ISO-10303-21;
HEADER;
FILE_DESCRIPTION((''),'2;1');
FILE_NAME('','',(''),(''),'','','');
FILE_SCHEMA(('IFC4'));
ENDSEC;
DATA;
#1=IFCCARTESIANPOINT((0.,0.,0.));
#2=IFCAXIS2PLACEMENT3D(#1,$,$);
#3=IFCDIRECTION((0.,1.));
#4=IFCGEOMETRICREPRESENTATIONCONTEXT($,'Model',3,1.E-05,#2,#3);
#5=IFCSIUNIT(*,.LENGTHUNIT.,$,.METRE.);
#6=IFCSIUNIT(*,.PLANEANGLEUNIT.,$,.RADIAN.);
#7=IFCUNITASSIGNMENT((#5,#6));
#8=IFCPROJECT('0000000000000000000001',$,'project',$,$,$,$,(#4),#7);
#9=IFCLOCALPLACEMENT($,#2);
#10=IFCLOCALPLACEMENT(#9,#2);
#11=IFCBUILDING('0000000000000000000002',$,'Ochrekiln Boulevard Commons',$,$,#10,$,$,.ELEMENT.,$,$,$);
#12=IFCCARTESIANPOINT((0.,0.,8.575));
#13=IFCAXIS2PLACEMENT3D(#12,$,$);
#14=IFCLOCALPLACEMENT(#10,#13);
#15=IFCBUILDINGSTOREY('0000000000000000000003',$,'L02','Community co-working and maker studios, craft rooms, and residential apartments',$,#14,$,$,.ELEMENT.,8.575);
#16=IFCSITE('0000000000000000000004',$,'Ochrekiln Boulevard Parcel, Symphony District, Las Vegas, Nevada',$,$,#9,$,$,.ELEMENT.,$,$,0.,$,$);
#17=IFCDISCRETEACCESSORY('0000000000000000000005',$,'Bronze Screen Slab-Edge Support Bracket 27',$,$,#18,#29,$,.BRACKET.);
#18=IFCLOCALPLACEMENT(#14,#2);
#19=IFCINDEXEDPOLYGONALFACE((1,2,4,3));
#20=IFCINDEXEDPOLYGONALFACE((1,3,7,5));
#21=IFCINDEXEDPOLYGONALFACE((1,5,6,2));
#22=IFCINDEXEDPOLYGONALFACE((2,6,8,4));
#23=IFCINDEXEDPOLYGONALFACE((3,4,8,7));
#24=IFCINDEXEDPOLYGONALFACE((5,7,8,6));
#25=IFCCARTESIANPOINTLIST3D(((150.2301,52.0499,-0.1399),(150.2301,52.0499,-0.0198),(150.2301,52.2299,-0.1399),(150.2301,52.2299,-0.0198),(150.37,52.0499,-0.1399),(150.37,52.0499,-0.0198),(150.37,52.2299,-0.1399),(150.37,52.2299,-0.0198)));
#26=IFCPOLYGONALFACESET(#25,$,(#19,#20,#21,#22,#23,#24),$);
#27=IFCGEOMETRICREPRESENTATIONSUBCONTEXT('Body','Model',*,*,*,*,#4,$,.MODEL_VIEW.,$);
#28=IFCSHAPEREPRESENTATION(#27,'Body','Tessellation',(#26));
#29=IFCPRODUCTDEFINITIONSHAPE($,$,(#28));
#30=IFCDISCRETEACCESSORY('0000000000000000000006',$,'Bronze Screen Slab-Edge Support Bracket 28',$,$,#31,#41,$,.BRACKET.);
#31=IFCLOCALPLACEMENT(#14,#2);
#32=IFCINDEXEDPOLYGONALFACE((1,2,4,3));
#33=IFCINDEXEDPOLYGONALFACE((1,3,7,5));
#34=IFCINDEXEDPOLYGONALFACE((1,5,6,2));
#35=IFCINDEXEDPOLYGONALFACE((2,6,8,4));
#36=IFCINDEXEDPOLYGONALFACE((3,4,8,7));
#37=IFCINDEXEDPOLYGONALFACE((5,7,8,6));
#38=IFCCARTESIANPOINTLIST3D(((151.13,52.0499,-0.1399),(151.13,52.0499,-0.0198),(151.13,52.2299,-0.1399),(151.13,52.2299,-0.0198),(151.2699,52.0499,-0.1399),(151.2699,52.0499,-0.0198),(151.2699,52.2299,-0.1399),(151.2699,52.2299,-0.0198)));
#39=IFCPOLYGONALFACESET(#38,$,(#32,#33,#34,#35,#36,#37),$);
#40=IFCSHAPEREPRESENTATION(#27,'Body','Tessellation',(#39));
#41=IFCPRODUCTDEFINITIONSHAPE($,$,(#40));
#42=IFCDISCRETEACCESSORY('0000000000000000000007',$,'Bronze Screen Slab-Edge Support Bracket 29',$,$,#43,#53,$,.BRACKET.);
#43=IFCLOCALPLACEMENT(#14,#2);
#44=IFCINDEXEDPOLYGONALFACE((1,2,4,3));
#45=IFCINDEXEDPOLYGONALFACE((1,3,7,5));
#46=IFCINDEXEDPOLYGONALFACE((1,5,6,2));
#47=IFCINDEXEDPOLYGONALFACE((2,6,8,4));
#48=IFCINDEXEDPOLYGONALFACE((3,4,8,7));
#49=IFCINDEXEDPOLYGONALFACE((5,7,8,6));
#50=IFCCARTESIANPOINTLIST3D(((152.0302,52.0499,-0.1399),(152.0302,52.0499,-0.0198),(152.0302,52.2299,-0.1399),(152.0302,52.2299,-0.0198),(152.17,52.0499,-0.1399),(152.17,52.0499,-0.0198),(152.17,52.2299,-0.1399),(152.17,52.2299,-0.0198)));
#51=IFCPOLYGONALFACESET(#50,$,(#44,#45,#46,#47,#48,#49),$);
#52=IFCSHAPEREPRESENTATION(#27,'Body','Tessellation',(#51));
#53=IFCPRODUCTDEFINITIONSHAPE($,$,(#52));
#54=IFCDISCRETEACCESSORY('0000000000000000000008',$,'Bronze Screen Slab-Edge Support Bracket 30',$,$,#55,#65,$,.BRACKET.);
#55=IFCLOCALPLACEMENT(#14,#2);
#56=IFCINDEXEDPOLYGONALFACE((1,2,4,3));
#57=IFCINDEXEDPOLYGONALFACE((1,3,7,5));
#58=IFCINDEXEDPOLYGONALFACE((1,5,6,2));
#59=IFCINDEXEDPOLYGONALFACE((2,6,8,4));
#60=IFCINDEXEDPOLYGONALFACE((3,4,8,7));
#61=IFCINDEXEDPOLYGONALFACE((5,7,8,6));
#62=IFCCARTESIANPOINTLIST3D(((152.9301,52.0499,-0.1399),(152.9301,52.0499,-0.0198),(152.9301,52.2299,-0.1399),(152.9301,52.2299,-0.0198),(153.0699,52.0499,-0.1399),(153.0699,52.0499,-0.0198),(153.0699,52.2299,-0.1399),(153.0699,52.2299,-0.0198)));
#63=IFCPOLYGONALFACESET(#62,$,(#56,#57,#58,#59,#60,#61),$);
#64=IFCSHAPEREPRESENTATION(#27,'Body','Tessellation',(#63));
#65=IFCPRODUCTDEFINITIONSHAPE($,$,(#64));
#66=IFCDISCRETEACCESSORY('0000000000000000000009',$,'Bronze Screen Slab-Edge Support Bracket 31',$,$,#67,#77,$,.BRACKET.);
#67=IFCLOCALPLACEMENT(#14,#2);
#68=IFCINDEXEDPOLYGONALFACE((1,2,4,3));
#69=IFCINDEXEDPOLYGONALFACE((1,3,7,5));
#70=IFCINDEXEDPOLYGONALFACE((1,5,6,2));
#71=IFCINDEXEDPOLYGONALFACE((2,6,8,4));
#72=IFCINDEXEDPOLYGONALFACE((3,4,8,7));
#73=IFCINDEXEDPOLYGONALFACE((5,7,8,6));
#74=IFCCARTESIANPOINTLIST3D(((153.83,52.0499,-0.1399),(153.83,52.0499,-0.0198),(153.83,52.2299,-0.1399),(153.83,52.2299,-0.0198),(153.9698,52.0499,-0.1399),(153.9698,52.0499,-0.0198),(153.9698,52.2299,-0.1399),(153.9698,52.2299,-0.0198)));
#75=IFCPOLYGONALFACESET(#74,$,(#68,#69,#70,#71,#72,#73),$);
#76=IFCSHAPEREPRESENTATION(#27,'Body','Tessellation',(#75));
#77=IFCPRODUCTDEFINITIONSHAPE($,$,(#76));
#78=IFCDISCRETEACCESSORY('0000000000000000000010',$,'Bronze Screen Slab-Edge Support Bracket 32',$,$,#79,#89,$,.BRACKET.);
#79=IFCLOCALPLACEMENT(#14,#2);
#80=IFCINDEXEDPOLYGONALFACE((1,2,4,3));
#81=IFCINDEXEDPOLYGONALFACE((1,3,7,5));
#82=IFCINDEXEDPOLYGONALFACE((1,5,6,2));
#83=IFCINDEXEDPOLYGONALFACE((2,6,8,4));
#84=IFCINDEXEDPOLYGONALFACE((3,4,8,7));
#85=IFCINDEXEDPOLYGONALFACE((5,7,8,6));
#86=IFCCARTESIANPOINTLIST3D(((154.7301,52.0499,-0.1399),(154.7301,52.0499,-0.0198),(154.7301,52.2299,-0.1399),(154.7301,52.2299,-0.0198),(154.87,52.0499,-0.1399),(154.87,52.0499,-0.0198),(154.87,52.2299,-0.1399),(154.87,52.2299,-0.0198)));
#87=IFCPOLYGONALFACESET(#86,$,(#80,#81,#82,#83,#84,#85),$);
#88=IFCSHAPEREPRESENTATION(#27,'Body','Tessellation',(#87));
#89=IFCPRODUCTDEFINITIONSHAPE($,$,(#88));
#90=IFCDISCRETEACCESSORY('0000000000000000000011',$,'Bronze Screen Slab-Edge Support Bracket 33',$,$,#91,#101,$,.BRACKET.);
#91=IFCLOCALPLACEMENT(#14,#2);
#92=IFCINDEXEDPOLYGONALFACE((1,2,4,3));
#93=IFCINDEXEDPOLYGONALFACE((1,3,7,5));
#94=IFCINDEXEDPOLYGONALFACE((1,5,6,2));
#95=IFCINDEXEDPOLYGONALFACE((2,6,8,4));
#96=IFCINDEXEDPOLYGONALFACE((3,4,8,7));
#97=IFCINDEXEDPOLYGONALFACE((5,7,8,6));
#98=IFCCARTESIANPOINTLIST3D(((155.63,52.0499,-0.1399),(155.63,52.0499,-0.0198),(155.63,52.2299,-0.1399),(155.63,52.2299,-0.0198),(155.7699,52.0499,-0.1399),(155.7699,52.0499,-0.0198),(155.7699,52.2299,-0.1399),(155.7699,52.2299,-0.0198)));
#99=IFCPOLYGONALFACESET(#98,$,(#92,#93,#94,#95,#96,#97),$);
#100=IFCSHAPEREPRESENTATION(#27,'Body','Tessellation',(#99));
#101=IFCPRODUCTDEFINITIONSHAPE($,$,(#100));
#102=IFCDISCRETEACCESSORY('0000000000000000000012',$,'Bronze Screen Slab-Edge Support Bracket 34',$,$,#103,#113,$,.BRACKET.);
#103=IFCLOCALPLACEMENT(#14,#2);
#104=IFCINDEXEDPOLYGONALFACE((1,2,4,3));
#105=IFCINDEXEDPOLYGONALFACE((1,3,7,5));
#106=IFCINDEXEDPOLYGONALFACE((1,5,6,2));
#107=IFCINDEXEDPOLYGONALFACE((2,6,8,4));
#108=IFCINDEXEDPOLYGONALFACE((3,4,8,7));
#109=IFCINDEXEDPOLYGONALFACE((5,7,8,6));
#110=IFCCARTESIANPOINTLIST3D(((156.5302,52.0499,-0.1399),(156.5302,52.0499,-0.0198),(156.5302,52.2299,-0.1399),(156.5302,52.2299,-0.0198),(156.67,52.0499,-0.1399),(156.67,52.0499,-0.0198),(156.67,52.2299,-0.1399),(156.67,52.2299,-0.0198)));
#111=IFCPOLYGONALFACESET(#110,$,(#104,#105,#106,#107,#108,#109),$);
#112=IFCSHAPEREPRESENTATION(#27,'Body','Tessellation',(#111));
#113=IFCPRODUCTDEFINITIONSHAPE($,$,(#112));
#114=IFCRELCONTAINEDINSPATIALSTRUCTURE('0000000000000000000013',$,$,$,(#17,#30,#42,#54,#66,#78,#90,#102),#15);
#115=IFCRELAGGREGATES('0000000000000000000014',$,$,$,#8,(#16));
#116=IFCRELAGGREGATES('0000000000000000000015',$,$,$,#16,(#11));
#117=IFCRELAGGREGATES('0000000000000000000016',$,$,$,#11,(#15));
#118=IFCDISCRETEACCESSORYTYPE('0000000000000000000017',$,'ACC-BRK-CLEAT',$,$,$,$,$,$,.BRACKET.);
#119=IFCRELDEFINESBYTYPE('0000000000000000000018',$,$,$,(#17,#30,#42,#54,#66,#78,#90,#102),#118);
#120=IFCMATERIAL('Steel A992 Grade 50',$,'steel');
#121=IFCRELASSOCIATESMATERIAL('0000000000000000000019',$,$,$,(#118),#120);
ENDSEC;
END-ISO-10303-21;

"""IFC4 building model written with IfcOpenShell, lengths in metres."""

from ifc_helpers import new_model, si_unit, direction, frame, origin, origin_2d, place, context, subcontext, project, spatial, rectangle, extrude, material, type_object, element, save


model = new_model("IFC4")

# Units and contexts
model_context = context("Model", 3, precision=1e-05, world=origin(), true_north=direction((0.0, 1.0)))
body_context = subcontext(model_context, "Body", "Model", "MODEL_VIEW")
ifc_project = project(units=[si_unit("LENGTHUNIT", "METRE"), si_unit("PLANEANGLEUNIT", "RADIAN")], contexts=[model_context])

# Site, building, storey
site_placement = place(None, origin())
site = spatial("IfcSite", under=ifc_project, at=site_placement, Name="Ochrekiln Boulevard Parcel, Symphony District, Las Vegas, Nevada", CompositionType="ELEMENT", RefElevation=0.0)
building_placement = place(site_placement, origin())
building = spatial("IfcBuilding", under=site, at=building_placement, Name="Ochrekiln Boulevard Commons", CompositionType="ELEMENT")
storey_placement = place(building_placement, frame((0.0, 0.0, 8.575)))
storey = spatial("IfcBuildingStorey", under=building, at=storey_placement, Name="L02", Description="Community co-working and maker studios, craft rooms, and residential apartments", CompositionType="ELEMENT", Elevation=8.575)

# Discrete accessories
ifc_material_1 = material(Name="Steel A992 Grade 50", Category="steel")
discrete_accessory_type = type_object("IfcDiscreteAccessoryType", Name="ACC-BRK-CLEAT", PredefinedType="BRACKET", material=ifc_material_1)
for number, where, z_axis, x_axis, name in (
    (1, (150.3, 52.1399, -0.1399), (0.0, 0.0, 1.0), (1.0, 0.0, 0.0), "Bronze Screen Slab-Edge Support Bracket 27"),
    (2, (151.2, 52.1399, -0.1399), (0.0, 0.0, 1.0), (1.0, 0.0, 0.0), "Bronze Screen Slab-Edge Support Bracket 28"),
    (3, (152.1001, 52.1399, -0.1399), (0.0, 0.0, 1.0), (1.0, 0.0, 0.0), "Bronze Screen Slab-Edge Support Bracket 29"),
    (4, (153.0, 52.1399, -0.1399), (0.0, 0.0, 1.0), (1.0, 0.0, 0.0), "Bronze Screen Slab-Edge Support Bracket 30"),
    (5, (153.8999, 52.1399, -0.1399), (0.0, 0.0, 1.0), (1.0, 0.0, 0.0), "Bronze Screen Slab-Edge Support Bracket 31"),
    (6, (154.8, 52.1399, -0.1399), (0.0, 0.0, 1.0), (1.0, 0.0, 0.0), "Bronze Screen Slab-Edge Support Bracket 32"),
    (7, (155.7, 52.1399, -0.1399), (0.0, 0.0, 1.0), (1.0, 0.0, 0.0), "Bronze Screen Slab-Edge Support Bracket 33"),
    (8, (156.6001, 52.1399, -0.1399), (0.0, 0.0, 1.0), (1.0, 0.0, 0.0), "Bronze Screen Slab-Edge Support Bracket 34"),
):
    element("IfcDiscreteAccessory", number, at=place(storey_placement, frame(where, z_axis=z_axis, x_axis=x_axis)), inside=storey, type_object=discrete_accessory_type, Name=name, PredefinedType="BRACKET", context=body_context, shape_type="SweptSolid", body=[
        extrude(rectangle(XDim=0.1399, YDim=0.1799, at=origin_2d()), origin(), (0.0, 0.0, 1.0), 0.1201),
    ])

save(model, "model.ifc")
